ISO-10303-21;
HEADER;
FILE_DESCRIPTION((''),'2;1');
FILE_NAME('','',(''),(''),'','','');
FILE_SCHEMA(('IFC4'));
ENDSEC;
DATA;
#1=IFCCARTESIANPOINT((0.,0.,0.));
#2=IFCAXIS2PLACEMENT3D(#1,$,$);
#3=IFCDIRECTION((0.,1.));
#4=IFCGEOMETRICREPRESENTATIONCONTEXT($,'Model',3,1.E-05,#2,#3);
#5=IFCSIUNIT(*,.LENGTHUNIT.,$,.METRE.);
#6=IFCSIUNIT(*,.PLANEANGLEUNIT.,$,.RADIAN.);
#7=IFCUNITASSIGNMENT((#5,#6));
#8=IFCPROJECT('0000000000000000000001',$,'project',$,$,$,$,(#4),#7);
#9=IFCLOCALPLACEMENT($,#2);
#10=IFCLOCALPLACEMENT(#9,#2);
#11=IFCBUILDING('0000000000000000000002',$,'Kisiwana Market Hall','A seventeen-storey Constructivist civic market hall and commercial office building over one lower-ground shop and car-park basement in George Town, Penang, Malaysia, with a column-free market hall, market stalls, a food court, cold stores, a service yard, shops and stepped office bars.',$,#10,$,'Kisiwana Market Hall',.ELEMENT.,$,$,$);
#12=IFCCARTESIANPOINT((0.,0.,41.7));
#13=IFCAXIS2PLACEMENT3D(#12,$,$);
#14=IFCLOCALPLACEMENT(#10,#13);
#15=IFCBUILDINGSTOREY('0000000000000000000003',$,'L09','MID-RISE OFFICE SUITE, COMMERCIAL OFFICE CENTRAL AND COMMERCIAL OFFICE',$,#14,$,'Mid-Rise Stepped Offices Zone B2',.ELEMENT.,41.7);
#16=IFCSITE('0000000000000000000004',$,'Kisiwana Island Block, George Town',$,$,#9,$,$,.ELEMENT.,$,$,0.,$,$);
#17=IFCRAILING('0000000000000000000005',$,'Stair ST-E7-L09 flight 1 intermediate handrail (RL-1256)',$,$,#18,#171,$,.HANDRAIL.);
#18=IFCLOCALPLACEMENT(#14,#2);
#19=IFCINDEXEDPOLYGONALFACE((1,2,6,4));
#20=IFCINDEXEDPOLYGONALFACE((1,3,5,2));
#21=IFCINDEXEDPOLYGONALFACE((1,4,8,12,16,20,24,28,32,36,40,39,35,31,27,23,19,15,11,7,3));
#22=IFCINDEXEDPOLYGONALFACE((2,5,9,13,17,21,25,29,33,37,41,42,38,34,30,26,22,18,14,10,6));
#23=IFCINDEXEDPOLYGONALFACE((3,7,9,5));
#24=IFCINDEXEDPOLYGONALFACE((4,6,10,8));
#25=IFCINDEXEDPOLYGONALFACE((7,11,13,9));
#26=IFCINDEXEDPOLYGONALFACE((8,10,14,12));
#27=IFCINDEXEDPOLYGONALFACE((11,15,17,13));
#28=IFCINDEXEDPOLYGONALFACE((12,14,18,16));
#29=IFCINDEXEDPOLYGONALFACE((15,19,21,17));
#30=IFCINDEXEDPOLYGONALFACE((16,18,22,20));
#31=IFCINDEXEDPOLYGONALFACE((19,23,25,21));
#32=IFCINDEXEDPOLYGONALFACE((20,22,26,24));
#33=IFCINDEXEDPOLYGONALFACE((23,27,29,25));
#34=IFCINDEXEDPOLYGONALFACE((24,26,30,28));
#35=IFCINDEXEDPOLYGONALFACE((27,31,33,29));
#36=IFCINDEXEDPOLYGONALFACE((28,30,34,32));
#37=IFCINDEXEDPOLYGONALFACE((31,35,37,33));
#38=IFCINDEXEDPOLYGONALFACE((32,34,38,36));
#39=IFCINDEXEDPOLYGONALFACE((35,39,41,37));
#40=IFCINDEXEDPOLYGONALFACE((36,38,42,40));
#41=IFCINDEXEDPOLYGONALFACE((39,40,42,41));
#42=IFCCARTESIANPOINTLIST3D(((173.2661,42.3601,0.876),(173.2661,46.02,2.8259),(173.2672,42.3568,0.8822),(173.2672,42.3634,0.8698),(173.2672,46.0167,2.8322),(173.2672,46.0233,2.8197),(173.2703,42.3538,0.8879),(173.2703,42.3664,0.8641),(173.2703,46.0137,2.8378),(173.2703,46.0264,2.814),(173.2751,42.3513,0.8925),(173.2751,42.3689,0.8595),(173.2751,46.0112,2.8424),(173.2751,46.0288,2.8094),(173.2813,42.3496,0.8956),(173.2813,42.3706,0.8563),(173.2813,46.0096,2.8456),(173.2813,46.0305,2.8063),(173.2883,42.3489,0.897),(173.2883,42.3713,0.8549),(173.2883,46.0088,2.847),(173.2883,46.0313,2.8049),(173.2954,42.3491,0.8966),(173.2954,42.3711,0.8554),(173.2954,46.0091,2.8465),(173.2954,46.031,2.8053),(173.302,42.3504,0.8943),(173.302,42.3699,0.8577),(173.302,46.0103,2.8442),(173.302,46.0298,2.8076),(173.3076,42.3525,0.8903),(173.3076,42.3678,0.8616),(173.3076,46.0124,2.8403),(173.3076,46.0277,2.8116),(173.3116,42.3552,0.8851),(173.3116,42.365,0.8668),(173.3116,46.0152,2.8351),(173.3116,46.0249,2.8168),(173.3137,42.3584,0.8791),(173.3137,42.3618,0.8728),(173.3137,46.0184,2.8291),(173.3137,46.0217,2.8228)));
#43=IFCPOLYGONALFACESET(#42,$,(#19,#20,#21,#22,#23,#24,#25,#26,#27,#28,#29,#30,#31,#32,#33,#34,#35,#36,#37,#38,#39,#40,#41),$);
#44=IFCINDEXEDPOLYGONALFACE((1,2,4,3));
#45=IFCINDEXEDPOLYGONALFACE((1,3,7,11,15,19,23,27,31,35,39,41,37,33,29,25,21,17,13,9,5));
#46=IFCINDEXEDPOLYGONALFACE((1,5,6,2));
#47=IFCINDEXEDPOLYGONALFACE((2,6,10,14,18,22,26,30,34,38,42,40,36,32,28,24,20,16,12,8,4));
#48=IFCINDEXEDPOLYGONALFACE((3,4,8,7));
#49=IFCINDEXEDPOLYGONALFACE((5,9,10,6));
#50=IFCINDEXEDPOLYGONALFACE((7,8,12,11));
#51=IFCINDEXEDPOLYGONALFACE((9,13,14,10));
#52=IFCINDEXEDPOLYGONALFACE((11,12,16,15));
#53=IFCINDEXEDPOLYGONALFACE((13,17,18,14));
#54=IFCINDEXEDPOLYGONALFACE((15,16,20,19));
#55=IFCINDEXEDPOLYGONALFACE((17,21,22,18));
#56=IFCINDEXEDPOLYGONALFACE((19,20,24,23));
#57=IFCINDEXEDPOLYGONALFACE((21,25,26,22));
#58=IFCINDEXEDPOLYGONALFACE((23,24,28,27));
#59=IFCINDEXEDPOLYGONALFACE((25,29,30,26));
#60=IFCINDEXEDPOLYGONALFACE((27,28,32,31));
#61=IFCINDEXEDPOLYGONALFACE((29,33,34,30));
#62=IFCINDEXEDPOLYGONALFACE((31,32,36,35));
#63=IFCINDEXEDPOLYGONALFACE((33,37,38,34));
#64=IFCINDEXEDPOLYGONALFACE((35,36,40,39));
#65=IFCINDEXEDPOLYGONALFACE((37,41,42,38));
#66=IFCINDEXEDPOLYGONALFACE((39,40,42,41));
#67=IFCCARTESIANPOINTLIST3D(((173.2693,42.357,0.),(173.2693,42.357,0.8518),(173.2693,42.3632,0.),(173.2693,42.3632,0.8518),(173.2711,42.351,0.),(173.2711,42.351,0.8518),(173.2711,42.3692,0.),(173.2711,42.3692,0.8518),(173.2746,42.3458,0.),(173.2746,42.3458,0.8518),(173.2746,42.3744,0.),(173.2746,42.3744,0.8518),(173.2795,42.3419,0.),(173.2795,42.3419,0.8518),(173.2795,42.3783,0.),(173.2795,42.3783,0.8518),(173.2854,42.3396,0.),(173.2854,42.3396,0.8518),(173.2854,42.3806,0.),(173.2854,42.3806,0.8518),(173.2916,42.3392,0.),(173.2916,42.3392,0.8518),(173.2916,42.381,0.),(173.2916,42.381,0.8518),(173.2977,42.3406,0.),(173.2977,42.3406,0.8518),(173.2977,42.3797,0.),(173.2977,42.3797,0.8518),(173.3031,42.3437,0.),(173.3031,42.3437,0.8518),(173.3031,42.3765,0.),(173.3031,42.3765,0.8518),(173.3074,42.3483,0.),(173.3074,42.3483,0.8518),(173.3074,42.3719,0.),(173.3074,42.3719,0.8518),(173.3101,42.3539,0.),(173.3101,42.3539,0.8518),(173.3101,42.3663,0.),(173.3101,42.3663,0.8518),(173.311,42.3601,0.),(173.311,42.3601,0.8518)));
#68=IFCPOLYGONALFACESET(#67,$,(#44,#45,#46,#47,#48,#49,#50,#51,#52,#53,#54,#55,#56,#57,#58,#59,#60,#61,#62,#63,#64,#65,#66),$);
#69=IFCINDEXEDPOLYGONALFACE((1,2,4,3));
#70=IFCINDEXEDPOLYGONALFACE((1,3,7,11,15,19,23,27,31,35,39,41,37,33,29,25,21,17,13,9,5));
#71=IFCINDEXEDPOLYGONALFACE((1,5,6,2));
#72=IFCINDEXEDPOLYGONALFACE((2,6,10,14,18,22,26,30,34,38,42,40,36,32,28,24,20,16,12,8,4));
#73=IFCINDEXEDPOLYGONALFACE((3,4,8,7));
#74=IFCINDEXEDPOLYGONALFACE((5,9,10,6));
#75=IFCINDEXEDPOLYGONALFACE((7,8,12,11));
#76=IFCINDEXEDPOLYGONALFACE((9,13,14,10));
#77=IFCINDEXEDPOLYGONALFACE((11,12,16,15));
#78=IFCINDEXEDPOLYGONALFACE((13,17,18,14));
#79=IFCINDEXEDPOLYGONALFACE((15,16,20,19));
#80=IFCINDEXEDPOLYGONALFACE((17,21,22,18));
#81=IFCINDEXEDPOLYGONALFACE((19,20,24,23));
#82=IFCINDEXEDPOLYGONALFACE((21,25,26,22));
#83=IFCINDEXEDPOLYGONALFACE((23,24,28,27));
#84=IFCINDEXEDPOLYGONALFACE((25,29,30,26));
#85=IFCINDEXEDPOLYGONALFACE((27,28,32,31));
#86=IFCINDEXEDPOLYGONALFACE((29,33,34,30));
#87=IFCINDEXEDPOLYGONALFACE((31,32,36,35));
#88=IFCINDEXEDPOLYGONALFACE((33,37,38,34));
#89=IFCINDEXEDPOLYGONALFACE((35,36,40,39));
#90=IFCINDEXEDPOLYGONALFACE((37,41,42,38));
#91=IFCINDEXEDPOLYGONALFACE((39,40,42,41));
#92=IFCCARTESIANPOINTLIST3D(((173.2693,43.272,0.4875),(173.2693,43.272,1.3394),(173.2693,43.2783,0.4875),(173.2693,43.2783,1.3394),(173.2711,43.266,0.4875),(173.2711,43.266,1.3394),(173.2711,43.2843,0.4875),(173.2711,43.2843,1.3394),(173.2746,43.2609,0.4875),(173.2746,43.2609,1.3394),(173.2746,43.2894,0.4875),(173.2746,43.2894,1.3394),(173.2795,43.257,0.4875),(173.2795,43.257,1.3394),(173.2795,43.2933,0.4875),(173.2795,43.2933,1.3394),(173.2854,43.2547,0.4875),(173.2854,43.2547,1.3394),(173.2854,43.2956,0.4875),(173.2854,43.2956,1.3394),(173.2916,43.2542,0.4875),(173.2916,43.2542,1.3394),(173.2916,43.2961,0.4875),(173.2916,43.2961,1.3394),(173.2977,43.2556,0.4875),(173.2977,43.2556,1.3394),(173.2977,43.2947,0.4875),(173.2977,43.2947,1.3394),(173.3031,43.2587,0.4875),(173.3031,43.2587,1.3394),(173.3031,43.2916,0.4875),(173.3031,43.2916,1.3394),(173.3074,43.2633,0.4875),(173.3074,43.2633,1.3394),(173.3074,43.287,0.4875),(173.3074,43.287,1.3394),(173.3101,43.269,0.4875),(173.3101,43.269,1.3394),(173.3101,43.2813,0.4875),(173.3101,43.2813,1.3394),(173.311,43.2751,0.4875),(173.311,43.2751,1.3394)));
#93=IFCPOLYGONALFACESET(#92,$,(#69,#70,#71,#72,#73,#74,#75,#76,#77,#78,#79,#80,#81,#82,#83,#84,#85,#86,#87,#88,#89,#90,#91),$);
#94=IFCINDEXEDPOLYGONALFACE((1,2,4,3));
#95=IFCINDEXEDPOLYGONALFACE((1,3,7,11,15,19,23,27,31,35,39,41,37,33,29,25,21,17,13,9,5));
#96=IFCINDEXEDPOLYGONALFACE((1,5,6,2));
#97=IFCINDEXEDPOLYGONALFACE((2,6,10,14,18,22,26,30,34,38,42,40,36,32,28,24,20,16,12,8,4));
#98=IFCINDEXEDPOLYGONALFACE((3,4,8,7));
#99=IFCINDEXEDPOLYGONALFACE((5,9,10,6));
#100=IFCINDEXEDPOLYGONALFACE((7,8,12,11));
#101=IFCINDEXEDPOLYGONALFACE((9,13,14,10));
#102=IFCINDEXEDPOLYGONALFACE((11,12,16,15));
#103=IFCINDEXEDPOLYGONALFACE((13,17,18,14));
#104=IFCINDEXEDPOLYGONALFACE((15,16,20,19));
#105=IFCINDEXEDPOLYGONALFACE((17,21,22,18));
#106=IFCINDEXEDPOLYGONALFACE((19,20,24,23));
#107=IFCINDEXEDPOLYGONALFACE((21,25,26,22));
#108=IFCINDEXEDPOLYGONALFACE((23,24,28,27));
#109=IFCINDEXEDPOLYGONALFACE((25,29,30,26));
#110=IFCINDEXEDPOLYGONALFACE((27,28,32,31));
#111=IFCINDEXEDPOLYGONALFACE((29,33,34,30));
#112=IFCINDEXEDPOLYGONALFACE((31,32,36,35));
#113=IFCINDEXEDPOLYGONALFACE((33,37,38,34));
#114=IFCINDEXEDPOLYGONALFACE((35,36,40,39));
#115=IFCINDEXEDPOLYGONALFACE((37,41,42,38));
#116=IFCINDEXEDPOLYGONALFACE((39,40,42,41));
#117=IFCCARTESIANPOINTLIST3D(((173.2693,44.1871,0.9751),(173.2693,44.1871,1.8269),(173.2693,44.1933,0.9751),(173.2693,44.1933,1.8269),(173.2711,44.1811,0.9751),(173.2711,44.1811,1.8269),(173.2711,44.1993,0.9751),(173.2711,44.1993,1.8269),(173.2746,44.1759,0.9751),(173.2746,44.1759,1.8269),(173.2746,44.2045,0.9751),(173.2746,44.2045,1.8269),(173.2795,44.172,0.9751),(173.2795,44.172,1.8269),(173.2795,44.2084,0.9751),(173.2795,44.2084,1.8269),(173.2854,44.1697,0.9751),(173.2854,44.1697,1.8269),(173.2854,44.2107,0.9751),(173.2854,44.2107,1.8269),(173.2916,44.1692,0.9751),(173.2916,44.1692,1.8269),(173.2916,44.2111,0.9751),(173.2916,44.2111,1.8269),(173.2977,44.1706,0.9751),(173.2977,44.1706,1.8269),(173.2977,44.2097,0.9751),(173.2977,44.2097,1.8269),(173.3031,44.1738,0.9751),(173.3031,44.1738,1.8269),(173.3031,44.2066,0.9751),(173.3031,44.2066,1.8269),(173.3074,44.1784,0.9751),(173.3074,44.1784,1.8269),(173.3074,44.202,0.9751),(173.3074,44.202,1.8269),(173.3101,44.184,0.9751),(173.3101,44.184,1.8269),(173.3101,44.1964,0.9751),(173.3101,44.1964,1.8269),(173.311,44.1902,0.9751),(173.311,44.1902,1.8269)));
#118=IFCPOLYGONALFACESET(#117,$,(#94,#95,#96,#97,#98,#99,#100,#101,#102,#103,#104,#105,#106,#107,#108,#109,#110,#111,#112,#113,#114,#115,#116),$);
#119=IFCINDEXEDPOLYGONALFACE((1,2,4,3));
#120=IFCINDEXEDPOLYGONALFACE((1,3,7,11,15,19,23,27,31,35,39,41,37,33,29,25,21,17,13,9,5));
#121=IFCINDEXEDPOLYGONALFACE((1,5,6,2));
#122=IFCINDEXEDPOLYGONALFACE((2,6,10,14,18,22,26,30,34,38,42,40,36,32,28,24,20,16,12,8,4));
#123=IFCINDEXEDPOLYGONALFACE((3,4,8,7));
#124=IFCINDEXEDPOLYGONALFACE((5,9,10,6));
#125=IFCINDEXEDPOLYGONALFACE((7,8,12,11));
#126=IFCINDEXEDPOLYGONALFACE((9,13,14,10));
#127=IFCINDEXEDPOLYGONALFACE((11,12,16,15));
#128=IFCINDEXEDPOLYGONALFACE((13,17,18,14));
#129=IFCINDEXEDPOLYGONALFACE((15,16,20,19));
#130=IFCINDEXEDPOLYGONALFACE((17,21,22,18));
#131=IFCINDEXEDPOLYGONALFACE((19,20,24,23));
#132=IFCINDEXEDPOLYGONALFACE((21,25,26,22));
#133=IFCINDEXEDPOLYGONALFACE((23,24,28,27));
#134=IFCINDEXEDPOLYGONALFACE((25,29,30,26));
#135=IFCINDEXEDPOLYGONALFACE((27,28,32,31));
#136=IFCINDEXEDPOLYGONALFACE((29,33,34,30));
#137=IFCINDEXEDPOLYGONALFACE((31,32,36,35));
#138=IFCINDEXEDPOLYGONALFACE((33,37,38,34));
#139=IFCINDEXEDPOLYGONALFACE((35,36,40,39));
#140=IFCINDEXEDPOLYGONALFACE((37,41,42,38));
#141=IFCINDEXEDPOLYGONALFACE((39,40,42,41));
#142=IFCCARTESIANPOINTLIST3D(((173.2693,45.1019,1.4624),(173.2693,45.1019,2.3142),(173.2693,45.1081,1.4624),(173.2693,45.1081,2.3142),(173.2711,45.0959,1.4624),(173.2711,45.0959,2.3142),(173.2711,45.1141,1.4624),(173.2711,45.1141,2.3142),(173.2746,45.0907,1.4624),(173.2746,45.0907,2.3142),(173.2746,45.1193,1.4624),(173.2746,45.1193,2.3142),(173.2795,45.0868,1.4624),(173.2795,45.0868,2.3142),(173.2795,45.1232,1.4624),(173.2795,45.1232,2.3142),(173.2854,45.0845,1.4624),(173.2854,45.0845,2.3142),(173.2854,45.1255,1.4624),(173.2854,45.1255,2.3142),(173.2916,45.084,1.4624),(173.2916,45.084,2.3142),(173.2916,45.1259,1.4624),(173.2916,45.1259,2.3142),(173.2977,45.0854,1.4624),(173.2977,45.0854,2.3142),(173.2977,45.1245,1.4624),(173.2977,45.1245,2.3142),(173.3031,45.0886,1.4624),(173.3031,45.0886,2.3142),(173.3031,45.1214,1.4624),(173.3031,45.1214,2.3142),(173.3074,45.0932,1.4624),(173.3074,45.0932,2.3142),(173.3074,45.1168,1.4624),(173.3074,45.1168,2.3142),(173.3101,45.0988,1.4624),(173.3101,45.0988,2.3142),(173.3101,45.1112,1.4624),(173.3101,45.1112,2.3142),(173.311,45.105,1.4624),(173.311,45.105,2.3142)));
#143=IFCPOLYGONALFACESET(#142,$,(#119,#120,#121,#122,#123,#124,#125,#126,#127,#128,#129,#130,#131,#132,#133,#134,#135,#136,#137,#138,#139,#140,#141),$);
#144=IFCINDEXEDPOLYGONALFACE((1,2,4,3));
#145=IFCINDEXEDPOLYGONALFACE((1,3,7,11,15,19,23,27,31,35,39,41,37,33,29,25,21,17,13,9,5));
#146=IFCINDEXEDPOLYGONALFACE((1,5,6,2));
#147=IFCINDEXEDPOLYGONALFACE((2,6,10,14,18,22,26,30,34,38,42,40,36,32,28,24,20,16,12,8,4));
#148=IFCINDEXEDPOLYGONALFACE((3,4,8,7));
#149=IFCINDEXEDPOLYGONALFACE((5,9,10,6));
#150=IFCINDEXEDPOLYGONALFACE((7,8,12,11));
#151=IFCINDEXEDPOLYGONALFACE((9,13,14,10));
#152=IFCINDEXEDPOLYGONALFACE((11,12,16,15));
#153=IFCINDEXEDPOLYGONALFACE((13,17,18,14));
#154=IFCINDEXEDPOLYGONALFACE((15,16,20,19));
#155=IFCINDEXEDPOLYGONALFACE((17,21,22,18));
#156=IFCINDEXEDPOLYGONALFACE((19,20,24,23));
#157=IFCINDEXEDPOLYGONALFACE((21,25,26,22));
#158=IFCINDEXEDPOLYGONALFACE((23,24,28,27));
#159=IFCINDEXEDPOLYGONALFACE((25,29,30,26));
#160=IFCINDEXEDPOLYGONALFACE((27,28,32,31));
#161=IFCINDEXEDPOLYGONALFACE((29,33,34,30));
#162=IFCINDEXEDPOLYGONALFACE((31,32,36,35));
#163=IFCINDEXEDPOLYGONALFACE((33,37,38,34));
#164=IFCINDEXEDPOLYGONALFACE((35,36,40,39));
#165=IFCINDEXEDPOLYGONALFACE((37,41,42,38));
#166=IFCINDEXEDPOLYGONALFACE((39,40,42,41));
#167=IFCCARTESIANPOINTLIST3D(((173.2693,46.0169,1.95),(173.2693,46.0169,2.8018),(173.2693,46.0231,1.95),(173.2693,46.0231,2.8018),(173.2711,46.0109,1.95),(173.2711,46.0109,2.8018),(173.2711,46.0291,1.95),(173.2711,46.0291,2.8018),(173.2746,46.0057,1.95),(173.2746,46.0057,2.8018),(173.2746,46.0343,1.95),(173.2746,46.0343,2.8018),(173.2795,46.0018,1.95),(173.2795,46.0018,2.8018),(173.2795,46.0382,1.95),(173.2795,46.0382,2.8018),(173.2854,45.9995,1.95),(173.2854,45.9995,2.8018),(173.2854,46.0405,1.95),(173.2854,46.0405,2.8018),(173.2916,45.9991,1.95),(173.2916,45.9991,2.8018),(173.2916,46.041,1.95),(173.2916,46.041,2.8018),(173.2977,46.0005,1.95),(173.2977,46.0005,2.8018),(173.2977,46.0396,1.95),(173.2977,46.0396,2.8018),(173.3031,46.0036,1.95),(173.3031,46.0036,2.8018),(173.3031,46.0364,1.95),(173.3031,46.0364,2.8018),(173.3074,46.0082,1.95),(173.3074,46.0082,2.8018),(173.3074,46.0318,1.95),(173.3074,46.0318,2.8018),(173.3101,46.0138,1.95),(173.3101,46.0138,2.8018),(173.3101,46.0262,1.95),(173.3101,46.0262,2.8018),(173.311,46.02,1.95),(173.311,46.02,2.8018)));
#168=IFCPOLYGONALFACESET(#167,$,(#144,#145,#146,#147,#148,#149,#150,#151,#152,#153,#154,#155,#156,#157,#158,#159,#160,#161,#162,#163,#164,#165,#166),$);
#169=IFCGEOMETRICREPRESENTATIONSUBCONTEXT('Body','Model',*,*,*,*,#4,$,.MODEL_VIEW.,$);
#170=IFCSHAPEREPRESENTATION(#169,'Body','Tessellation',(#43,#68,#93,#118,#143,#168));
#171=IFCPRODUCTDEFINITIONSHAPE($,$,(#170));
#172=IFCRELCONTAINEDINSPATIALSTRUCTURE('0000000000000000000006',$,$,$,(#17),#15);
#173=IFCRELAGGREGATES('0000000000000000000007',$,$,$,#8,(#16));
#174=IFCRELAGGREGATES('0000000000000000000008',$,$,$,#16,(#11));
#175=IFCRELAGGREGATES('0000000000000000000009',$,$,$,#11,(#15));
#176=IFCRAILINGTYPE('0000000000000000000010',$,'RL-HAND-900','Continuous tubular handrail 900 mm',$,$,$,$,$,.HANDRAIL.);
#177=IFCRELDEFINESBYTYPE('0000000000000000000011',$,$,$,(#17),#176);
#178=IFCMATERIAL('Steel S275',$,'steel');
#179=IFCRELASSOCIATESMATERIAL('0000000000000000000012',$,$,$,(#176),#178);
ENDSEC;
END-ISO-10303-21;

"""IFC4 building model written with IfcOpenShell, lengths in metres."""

from ifc_helpers import new_model, si_unit, direction, frame, origin, origin_2d, place, context, subcontext, project, spatial, circle, extrude, material, type_object, element, save


model = new_model("IFC4")

# Units and contexts
model_context = context("Model", 3, precision=1e-05, world=origin(), true_north=direction((0.0, 1.0)))
body_context = subcontext(model_context, "Body", "Model", "MODEL_VIEW")
ifc_project = project(units=[si_unit("LENGTHUNIT", "METRE"), si_unit("PLANEANGLEUNIT", "RADIAN")], contexts=[model_context])

# Site, building, storey
site_placement = place(None, origin())
site = spatial("IfcSite", under=ifc_project, at=site_placement, Name="Kisiwana Island Block, George Town", CompositionType="ELEMENT", RefElevation=0.0)
building_placement = place(site_placement, origin())
building = spatial("IfcBuilding", under=site, at=building_placement, Name="Kisiwana Market Hall", Description="A seventeen-storey Constructivist civic market hall and commercial office building over one lower-ground shop and car-park basement in George Town, Penang, Malaysia, with a column-free market hall, market stalls, a food court, cold stores, a service yard, shops and stepped office bars.", LongName="Kisiwana Market Hall", CompositionType="ELEMENT")
storey_placement = place(building_placement, frame((0.0, 0.0, 41.7)))
storey = spatial("IfcBuildingStorey", under=building, at=storey_placement, Name="L09", Description="MID-RISE OFFICE SUITE, COMMERCIAL OFFICE CENTRAL AND COMMERCIAL OFFICE", LongName="Mid-Rise Stepped Offices Zone B2", CompositionType="ELEMENT", Elevation=41.7)

# Railing
ifc_material_1 = material(Name="Steel S275", Category="steel")
railing_type_1 = type_object("IfcRailingType", Name="RL-HAND-900", Description="Continuous tubular handrail 900 mm", PredefinedType="HANDRAIL", material=ifc_material_1)
railing_1_placement = place(storey_placement, frame((173.29, 42.3601, 0.0)))
element("IfcRailing", 1, at=railing_1_placement, inside=storey, type_object=railing_type_1, Name="Stair ST-E7-L09 flight 1 intermediate handrail (RL-1256)", PredefinedType="HANDRAIL", context=body_context, shape_type="SweptSolid", body=[
    extrude(circle(Radius=0.0239, at=origin_2d()), frame((0.0, 0.0, 0.876), z_axis=(0.0, 0.882553, 0.470212), x_axis=(-1.0, 0.0, 0.0)), (0.0, 0.0, 1.0), 4.147),
    extrude(circle(Radius=0.021, at=origin_2d()), origin(), (0.0, 0.0, 1.0), 0.8518),
    extrude(circle(Radius=0.021, at=origin_2d()), frame((0.0, 0.915, 0.4875)), (0.0, 0.0, 1.0), 0.8518),
    extrude(circle(Radius=0.021, at=origin_2d()), frame((0.0, 1.8301, 0.9751)), (0.0, 0.0, 1.0), 0.8518),
    extrude(circle(Radius=0.021, at=origin_2d()), frame((0.0, 2.7449, 1.4624)), (0.0, 0.0, 1.0), 0.8518),
    extrude(circle(Radius=0.021, at=origin_2d()), frame((0.0, 3.6599, 1.95)), (0.0, 0.0, 1.0), 0.8518),
])

save(model, "model.ifc")
